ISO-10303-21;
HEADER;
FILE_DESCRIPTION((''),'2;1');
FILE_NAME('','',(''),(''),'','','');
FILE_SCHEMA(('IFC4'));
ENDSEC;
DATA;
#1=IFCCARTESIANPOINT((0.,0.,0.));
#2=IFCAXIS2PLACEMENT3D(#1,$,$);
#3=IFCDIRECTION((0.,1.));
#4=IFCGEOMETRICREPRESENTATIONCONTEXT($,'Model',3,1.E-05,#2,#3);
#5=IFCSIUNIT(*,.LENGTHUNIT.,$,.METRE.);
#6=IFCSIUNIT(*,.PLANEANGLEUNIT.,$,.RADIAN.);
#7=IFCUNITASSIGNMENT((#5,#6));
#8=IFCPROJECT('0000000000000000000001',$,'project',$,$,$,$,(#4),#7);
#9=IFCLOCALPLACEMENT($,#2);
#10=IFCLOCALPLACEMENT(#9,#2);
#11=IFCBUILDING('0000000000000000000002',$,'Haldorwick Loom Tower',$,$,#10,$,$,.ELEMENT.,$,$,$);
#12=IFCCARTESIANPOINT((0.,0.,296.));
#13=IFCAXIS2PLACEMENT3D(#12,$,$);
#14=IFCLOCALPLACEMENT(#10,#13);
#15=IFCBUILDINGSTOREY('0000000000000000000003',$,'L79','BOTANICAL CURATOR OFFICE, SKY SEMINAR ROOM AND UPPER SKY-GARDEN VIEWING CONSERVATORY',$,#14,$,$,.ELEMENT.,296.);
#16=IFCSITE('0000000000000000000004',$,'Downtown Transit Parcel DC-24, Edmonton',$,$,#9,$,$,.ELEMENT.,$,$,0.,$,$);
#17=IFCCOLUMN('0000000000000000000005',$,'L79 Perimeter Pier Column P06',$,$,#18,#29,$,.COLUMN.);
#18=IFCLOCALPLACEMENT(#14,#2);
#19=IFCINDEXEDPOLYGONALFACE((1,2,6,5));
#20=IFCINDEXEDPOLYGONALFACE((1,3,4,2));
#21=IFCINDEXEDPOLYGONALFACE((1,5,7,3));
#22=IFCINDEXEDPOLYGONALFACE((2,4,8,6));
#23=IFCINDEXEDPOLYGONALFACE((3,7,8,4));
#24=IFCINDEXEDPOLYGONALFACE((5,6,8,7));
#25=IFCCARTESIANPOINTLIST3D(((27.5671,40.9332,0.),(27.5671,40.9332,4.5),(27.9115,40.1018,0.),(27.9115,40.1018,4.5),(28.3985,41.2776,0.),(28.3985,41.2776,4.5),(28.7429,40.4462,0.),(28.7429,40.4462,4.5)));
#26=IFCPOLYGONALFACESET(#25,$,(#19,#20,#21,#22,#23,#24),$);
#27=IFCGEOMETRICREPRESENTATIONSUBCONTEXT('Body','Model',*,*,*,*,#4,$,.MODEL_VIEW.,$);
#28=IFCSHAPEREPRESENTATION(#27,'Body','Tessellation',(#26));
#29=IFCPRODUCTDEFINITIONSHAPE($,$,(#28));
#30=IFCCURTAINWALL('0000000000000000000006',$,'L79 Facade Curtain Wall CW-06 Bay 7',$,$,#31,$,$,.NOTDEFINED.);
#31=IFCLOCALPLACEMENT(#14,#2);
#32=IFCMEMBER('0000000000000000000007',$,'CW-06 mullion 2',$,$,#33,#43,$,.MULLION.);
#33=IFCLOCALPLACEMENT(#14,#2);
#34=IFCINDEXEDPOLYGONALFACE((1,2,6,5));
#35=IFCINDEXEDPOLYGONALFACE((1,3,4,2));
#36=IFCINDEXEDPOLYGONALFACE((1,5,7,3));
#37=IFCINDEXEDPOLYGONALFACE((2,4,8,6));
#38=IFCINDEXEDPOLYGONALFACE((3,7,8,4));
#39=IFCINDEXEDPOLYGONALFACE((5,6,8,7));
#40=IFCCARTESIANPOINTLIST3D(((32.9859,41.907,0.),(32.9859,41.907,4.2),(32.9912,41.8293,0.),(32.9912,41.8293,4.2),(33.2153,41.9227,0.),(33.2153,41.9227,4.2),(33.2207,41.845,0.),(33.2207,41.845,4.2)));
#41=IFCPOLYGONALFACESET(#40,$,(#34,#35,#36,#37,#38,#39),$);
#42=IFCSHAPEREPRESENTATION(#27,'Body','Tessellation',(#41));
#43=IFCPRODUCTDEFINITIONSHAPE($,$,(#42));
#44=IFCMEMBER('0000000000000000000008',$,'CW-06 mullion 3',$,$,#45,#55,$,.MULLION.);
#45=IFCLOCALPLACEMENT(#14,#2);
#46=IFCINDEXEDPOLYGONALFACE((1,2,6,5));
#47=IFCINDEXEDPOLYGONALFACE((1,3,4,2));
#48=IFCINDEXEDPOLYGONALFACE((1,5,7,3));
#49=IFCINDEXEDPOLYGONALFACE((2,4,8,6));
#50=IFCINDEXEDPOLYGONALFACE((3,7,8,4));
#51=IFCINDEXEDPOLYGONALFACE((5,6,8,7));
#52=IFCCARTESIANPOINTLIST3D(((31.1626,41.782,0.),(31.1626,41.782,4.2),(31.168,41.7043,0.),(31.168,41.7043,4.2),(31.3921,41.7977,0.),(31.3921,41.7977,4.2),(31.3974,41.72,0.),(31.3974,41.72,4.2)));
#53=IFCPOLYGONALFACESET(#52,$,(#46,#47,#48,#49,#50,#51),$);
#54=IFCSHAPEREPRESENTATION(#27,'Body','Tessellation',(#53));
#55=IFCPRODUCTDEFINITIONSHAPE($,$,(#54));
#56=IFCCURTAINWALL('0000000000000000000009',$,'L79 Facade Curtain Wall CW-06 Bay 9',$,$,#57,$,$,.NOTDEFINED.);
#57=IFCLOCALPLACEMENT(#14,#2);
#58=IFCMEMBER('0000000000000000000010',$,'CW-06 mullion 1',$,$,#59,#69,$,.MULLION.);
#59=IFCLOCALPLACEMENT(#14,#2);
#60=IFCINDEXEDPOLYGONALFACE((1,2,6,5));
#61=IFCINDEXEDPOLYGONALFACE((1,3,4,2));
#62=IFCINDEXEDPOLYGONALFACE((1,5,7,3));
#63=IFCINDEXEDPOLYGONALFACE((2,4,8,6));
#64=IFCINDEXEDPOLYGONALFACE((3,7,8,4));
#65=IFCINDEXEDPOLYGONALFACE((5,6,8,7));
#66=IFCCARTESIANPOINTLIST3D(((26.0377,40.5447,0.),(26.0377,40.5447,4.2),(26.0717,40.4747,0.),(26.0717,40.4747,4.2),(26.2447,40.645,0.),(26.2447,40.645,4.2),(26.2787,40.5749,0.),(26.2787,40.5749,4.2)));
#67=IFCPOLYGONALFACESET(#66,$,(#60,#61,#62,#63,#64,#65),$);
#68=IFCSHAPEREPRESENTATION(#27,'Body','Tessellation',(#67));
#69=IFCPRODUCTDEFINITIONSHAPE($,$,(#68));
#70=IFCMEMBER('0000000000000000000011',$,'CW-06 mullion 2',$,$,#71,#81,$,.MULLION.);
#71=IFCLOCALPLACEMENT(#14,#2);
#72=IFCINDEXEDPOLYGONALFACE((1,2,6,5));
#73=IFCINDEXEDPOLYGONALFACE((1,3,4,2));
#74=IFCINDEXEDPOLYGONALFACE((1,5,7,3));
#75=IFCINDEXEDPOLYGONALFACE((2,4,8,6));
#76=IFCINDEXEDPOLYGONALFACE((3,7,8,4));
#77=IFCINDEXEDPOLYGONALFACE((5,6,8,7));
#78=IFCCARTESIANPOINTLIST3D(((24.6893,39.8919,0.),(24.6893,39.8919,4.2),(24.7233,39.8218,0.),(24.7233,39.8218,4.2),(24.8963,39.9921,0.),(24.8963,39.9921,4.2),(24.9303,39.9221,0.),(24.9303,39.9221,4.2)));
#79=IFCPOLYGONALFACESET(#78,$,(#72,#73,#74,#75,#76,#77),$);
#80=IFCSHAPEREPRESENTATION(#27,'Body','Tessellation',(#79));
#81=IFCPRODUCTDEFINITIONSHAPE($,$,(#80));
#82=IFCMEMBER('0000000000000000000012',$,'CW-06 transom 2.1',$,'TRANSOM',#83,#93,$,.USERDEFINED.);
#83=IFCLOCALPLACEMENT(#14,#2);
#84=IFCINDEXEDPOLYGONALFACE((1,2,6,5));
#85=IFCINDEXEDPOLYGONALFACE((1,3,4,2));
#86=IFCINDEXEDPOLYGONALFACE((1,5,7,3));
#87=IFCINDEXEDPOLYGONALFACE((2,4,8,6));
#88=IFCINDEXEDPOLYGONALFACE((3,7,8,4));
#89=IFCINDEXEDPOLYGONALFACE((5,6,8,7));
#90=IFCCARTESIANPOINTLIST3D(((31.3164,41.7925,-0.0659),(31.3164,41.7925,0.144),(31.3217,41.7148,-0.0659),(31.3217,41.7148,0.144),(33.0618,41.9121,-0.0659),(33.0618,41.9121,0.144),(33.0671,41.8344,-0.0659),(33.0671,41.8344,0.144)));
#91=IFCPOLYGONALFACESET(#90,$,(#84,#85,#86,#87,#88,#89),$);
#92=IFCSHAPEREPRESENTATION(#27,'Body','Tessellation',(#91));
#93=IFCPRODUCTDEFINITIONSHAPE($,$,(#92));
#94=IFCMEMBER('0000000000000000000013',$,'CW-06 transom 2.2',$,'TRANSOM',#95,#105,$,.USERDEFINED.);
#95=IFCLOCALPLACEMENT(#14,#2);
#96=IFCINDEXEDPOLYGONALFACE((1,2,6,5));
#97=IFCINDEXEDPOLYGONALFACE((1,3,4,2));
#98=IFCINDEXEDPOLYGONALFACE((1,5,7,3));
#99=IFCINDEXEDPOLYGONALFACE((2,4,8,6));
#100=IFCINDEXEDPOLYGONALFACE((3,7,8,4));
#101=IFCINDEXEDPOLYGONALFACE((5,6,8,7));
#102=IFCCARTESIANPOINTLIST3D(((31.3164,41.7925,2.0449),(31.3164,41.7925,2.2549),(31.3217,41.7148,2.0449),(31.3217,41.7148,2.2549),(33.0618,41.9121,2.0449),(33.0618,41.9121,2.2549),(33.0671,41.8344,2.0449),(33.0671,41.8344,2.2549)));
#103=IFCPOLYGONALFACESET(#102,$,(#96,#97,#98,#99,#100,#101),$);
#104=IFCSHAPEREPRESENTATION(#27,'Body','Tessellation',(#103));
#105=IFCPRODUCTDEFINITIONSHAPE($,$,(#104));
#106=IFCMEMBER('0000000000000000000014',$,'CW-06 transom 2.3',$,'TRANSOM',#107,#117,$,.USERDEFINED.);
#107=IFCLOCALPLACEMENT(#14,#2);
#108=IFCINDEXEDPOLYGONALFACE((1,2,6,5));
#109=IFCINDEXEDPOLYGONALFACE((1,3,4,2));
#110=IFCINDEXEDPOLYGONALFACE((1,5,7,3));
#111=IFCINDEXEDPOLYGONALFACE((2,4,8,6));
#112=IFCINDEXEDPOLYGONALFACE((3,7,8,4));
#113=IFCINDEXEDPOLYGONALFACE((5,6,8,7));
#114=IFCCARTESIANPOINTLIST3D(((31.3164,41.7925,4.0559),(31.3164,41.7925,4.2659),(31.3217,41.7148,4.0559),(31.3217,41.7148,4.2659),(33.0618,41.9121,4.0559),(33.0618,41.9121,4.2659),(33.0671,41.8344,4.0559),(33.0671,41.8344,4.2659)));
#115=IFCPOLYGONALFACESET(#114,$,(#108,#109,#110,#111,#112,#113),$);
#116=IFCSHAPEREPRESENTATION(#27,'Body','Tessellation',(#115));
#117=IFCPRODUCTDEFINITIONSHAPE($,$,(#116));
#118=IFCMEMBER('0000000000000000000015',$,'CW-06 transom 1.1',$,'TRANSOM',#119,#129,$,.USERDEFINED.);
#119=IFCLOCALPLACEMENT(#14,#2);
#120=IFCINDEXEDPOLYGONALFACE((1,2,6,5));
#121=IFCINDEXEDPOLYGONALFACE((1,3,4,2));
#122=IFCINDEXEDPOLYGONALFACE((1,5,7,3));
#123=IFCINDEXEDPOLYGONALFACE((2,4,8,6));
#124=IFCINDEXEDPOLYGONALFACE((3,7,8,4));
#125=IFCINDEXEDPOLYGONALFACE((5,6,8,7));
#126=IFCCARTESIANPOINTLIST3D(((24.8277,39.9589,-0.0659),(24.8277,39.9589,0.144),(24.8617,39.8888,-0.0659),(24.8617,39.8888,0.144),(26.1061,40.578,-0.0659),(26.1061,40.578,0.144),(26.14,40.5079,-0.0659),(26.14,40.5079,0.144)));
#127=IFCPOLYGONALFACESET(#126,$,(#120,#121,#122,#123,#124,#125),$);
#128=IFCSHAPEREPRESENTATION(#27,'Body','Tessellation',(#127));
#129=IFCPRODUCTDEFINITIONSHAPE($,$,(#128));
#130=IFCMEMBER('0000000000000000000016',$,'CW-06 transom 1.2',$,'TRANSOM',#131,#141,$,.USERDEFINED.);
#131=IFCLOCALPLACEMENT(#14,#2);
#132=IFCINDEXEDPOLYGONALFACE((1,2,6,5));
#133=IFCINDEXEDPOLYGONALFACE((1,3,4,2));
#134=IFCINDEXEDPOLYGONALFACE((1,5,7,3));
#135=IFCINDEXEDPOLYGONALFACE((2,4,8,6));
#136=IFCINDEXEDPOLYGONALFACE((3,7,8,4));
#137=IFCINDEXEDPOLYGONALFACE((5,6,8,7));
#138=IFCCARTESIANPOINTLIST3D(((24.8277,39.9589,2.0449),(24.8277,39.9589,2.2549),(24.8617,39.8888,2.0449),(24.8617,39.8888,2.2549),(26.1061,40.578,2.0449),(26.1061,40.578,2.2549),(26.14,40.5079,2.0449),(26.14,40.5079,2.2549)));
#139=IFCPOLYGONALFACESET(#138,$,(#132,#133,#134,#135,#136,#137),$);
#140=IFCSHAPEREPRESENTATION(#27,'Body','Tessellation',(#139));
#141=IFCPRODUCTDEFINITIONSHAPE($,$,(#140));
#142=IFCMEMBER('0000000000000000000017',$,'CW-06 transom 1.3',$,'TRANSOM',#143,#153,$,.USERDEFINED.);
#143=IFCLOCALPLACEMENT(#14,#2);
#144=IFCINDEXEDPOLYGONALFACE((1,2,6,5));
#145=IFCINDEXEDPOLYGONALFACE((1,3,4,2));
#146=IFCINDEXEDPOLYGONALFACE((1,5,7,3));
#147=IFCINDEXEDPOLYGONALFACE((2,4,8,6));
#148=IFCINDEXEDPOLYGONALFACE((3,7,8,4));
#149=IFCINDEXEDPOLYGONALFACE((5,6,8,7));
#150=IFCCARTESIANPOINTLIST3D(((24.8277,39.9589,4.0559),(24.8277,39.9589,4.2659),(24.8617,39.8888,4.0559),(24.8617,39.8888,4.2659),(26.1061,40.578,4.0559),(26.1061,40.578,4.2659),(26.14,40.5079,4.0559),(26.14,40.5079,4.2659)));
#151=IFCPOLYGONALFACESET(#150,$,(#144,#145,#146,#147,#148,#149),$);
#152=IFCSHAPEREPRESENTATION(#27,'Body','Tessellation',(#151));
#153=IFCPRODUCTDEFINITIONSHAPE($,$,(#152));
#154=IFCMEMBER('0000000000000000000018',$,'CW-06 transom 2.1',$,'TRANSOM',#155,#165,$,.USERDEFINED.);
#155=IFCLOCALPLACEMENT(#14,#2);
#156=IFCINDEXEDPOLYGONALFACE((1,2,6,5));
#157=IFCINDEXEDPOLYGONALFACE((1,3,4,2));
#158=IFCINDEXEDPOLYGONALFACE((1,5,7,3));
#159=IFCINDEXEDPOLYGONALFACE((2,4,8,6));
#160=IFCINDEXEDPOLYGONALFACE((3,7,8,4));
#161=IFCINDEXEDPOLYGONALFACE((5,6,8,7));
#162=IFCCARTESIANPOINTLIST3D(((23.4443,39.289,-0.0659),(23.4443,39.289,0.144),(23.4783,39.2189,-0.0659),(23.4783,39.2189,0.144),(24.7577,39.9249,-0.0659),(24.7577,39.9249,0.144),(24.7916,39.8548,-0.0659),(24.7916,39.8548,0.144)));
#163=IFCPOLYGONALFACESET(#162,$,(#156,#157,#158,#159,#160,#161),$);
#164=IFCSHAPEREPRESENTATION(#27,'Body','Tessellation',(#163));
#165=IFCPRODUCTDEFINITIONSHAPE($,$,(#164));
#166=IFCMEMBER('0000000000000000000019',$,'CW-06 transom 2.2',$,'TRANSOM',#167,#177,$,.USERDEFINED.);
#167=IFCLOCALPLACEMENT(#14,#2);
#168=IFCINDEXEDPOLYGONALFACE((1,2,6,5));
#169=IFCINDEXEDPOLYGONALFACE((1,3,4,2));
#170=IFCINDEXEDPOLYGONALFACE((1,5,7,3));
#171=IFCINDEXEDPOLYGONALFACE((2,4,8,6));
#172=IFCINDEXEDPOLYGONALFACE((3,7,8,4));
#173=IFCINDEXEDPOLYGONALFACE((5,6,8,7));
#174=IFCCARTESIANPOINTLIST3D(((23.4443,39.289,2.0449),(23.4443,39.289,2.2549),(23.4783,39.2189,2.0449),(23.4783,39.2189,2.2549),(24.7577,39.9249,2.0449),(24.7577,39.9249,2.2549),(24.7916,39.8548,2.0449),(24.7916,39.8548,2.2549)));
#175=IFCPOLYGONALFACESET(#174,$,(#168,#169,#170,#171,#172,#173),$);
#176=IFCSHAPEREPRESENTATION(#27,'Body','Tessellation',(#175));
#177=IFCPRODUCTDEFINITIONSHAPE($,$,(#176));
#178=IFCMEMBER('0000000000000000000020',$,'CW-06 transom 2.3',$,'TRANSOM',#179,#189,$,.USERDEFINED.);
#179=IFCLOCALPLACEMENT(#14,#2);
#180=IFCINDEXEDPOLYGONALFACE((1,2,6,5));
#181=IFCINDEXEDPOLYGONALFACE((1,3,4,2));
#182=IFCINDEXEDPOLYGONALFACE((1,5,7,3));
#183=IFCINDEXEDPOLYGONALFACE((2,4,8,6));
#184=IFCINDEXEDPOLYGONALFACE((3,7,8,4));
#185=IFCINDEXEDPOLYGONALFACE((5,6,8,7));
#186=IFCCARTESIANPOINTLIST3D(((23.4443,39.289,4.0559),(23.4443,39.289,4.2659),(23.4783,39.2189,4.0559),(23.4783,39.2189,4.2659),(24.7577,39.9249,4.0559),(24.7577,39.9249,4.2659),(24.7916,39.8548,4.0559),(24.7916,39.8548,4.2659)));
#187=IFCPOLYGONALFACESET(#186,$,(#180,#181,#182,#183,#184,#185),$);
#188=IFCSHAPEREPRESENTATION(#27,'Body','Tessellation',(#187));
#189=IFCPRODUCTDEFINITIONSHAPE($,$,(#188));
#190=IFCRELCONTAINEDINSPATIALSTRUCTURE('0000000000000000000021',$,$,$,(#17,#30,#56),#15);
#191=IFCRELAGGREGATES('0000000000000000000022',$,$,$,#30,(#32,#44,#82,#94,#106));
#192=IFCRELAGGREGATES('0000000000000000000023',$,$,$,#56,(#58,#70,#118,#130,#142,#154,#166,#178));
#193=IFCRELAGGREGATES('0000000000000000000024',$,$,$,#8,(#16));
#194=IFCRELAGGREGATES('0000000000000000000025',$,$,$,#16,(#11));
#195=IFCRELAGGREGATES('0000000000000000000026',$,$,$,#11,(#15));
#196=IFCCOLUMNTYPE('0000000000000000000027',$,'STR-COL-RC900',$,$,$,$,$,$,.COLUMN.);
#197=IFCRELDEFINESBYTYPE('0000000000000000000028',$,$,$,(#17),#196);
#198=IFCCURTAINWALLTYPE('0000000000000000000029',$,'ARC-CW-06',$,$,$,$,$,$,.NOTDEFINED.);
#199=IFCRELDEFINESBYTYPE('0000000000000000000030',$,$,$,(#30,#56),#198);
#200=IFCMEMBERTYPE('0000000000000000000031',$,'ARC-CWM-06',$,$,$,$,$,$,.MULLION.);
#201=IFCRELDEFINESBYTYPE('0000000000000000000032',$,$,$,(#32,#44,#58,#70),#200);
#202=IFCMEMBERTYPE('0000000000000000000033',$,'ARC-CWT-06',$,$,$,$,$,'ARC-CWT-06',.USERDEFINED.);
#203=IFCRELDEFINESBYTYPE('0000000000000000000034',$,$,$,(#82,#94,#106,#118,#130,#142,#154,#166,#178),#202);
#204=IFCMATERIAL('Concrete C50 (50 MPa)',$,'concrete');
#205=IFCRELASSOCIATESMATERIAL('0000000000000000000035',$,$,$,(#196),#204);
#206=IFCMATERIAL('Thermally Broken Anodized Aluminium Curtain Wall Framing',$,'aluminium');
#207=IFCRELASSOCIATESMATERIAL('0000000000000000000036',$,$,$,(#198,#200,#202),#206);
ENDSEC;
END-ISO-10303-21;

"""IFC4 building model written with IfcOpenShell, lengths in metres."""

from ifc_helpers import new_model, si_unit, direction, frame, origin, origin_2d, place, context, subcontext, project, spatial, rectangle, extrude, material, material_profile, profile_set, type_object, element, aggregate, save


model = new_model("IFC4")

# Units and contexts
model_context = context("Model", 3, precision=1e-05, world=origin(), true_north=direction((0.0, 1.0)))
body_context = subcontext(model_context, "Body", "Model", "MODEL_VIEW")
ifc_project = project(units=[si_unit("LENGTHUNIT", "METRE"), si_unit("PLANEANGLEUNIT", "RADIAN")], contexts=[model_context])

# Site, building, storey
site_placement = place(None, origin())
site = spatial("IfcSite", under=ifc_project, at=site_placement, Name="Downtown Transit Parcel DC-24, Edmonton", CompositionType="ELEMENT", RefElevation=0.0)
building_placement = place(site_placement, origin())
building = spatial("IfcBuilding", under=site, at=building_placement, Name="Haldorwick Loom Tower", CompositionType="ELEMENT")
storey_placement = place(building_placement, frame((0.0, 0.0, 296.0)))
storey = spatial("IfcBuildingStorey", under=building, at=storey_placement, Name="L79", Description="BOTANICAL CURATOR OFFICE, SKY SEMINAR ROOM AND UPPER SKY-GARDEN VIEWING CONSERVATORY", CompositionType="ELEMENT", Elevation=296.0)

# Column
ifc_material_1 = material(Name="Concrete C50 (50 MPa)", Category="concrete")
ifc_material_profile_1 = material_profile(ifc_material_1, rectangle(XDim=0.8999, YDim=0.8999, at=origin_2d()), Name="RC900X900", Category="concrete")
ifc_profile_set_1 = profile_set([ifc_material_profile_1], Name="Concrete C50 (50 MPa)")
column_type = type_object("IfcColumnType", Name="STR-COL-RC900", PredefinedType="COLUMN", material=ifc_profile_set_1)
column_placement = place(storey_placement, frame((28.155, 40.6897, 0.0), z_axis=(0.0, 0.0, 1.0), x_axis=(-0.382683, 0.92388, 0.0)))
element("IfcColumn", 1, at=column_placement, inside=storey, type_object=column_type, Name="L79 Perimeter Pier Column P06", PredefinedType="COLUMN", context=body_context, shape_type="SweptSolid", body=[
    extrude(rectangle(XDim=0.8999, YDim=0.8999, at=origin_2d()), origin(), (0.0, 0.0, 1.0), 4.5),
])

# Curtain walls, members
ifc_material_2 = material(Name="Thermally Broken Anodized Aluminium Curtain Wall Framing", Category="aluminium")
curtain_wall_type = type_object("IfcCurtainWallType", Name="ARC-CW-06", PredefinedType="NOTDEFINED", material=ifc_material_2)
curtain_wall_1_placement = place(storey_placement, origin())
curtain_wall_1 = element("IfcCurtainWall", 2, at=curtain_wall_1_placement, inside=storey, type_object=curtain_wall_type, Name="L79 Facade Curtain Wall CW-06 Bay 7", PredefinedType="NOTDEFINED")
ifc_material_profile_2 = material_profile(ifc_material_2, rectangle(XDim=0.0779, YDim=0.23, at=origin_2d()), Name="ALU_MUL_78X230", Category="aluminium")
ifc_profile_set_2 = profile_set([ifc_material_profile_2], Name="Thermally Broken Anodized Aluminium Curtain Wall Framing")
member_type_1 = type_object("IfcMemberType", Name="ARC-CWM-06", PredefinedType="MULLION", material=ifc_profile_set_2)
member_1_placement = place(storey_placement, frame((33.1033, 41.876, 0.0), z_axis=(0.0, 0.0, 1.0), x_axis=(0.068469, -0.997653, 0.0)))
member_1 = element("IfcMember", 3, at=member_1_placement, type_object=member_type_1, Name="CW-06 mullion 2", PredefinedType="MULLION", context=body_context, shape_type="SweptSolid", body=[
    extrude(rectangle(XDim=0.0779, YDim=0.23, at=origin_2d()), origin(), (0.0, 0.0, 1.0), 4.2),
])
member_2_placement = place(storey_placement, frame((31.28, 41.751, 0.0), z_axis=(0.0, 0.0, 1.0), x_axis=(0.068469, -0.997653, 0.0)))
member_2 = element("IfcMember", 4, at=member_2_placement, type_object=member_type_1, Name="CW-06 mullion 3", PredefinedType="MULLION", context=body_context, shape_type="SweptSolid", body=[
    extrude(rectangle(XDim=0.0779, YDim=0.23, at=origin_2d()), origin(), (0.0, 0.0, 1.0), 4.2),
])
curtain_wall_2_placement = place(storey_placement, origin())
curtain_wall_2 = element("IfcCurtainWall", 5, at=curtain_wall_2_placement, inside=storey, type_object=curtain_wall_type, Name="L79 Facade Curtain Wall CW-06 Bay 9", PredefinedType="NOTDEFINED")
member_3_placement = place(storey_placement, frame((26.1582, 40.5598, 0.0), z_axis=(0.0, 0.0, 1.0), x_axis=(0.435824, -0.900032, 0.0)))
member_3 = element("IfcMember", 6, at=member_3_placement, type_object=member_type_1, Name="CW-06 mullion 1", PredefinedType="MULLION", context=body_context, shape_type="SweptSolid", body=[
    extrude(rectangle(XDim=0.0779, YDim=0.23, at=origin_2d()), origin(), (0.0, 0.0, 1.0), 4.2),
])
member_4_placement = place(storey_placement, frame((24.8098, 39.907, 0.0), z_axis=(0.0, 0.0, 1.0), x_axis=(0.435824, -0.900032, 0.0)))
member_4 = element("IfcMember", 7, at=member_4_placement, type_object=member_type_1, Name="CW-06 mullion 2", PredefinedType="MULLION", context=body_context, shape_type="SweptSolid", body=[
    extrude(rectangle(XDim=0.0779, YDim=0.23, at=origin_2d()), origin(), (0.0, 0.0, 1.0), 4.2),
])

# Members
ifc_material_profile_3 = material_profile(ifc_material_2, rectangle(XDim=0.0779, YDim=0.21, at=origin_2d()), Name="ALU_TRN_78X210", Category="aluminium")
ifc_profile_set_3 = profile_set([ifc_material_profile_3], Name="Thermally Broken Anodized Aluminium Curtain Wall Framing")
member_type_2 = type_object("IfcMemberType", Name="ARC-CWT-06", ElementType="ARC-CWT-06", PredefinedType="USERDEFINED", material=ifc_profile_set_3)
member_5_placement = place(storey_placement, frame((33.0645, 41.8733, 0.0391), z_axis=(-0.997659, -0.068381, 0.0), x_axis=(0.068381, -0.997659, 0.0)))
member_5 = element("IfcMember", 8, at=member_5_placement, type_object=member_type_2, Name="CW-06 transom 2.1", ObjectType="TRANSOM", PredefinedType="USERDEFINED", context=body_context, shape_type="SweptSolid", body=[
    extrude(rectangle(XDim=0.0779, YDim=0.21, at=origin_2d()), origin(), (0.0, 0.0, 1.0), 1.7495),
])
member_6_placement = place(storey_placement, frame((33.0645, 41.8733, 2.1499), z_axis=(-0.997659, -0.068381, 0.0), x_axis=(0.068381, -0.997659, 0.0)))
member_6 = element("IfcMember", 9, at=member_6_placement, type_object=member_type_2, Name="CW-06 transom 2.2", ObjectType="TRANSOM", PredefinedType="USERDEFINED", context=body_context, shape_type="SweptSolid", body=[
    extrude(rectangle(XDim=0.0779, YDim=0.21, at=origin_2d()), origin(), (0.0, 0.0, 1.0), 1.7495),
])
member_7_placement = place(storey_placement, frame((33.0645, 41.8733, 4.1609), z_axis=(-0.997659, -0.068381, 0.0), x_axis=(0.068381, -0.997659, 0.0)))
member_7 = element("IfcMember", 10, at=member_7_placement, type_object=member_type_2, Name="CW-06 transom 2.3", ObjectType="TRANSOM", PredefinedType="USERDEFINED", context=body_context, shape_type="SweptSolid", body=[
    extrude(rectangle(XDim=0.0779, YDim=0.21, at=origin_2d()), origin(), (0.0, 0.0, 1.0), 1.7495),
])
member_8_placement = place(storey_placement, frame((26.123, 40.543, 0.0391), z_axis=(-0.899994, -0.435902, 0.0), x_axis=(0.435902, -0.899994, 0.0)))
member_8 = element("IfcMember", 11, at=member_8_placement, type_object=member_type_2, Name="CW-06 transom 1.1", ObjectType="TRANSOM", PredefinedType="USERDEFINED", context=body_context, shape_type="SweptSolid", body=[
    extrude(rectangle(XDim=0.0779, YDim=0.21, at=origin_2d()), origin(), (0.0, 0.0, 1.0), 1.4204),
])
member_9_placement = place(storey_placement, frame((26.123, 40.543, 2.1499), z_axis=(-0.899994, -0.435902, 0.0), x_axis=(0.435902, -0.899994, 0.0)))
member_9 = element("IfcMember", 12, at=member_9_placement, type_object=member_type_2, Name="CW-06 transom 1.2", ObjectType="TRANSOM", PredefinedType="USERDEFINED", context=body_context, shape_type="SweptSolid", body=[
    extrude(rectangle(XDim=0.0779, YDim=0.21, at=origin_2d()), origin(), (0.0, 0.0, 1.0), 1.4204),
])
member_10_placement = place(storey_placement, frame((26.123, 40.543, 4.1609), z_axis=(-0.899994, -0.435902, 0.0), x_axis=(0.435902, -0.899994, 0.0)))
member_10 = element("IfcMember", 13, at=member_10_placement, type_object=member_type_2, Name="CW-06 transom 1.3", ObjectType="TRANSOM", PredefinedType="USERDEFINED", context=body_context, shape_type="SweptSolid", body=[
    extrude(rectangle(XDim=0.0779, YDim=0.21, at=origin_2d()), origin(), (0.0, 0.0, 1.0), 1.4204),
])
member_11_placement = place(storey_placement, frame((24.7747, 39.8899, 0.0391), z_axis=(-0.900043, -0.435801, 0.0), x_axis=(0.435801, -0.900043, 0.0)))
member_11 = element("IfcMember", 14, at=member_11_placement, type_object=member_type_2, Name="CW-06 transom 2.1", ObjectType="TRANSOM", PredefinedType="USERDEFINED", context=body_context, shape_type="SweptSolid", body=[
    extrude(rectangle(XDim=0.0779, YDim=0.21, at=origin_2d()), origin(), (0.0, 0.0, 1.0), 1.4592),
])
member_12_placement = place(storey_placement, frame((24.7747, 39.8899, 2.1499), z_axis=(-0.900043, -0.435801, 0.0), x_axis=(0.435801, -0.900043, 0.0)))
member_12 = element("IfcMember", 15, at=member_12_placement, type_object=member_type_2, Name="CW-06 transom 2.2", ObjectType="TRANSOM", PredefinedType="USERDEFINED", context=body_context, shape_type="SweptSolid", body=[
    extrude(rectangle(XDim=0.0779, YDim=0.21, at=origin_2d()), origin(), (0.0, 0.0, 1.0), 1.4592),
])
member_13_placement = place(storey_placement, frame((24.7747, 39.8899, 4.1609), z_axis=(-0.900043, -0.435801, 0.0), x_axis=(0.435801, -0.900043, 0.0)))
member_13 = element("IfcMember", 16, at=member_13_placement, type_object=member_type_2, Name="CW-06 transom 2.3", ObjectType="TRANSOM", PredefinedType="USERDEFINED", context=body_context, shape_type="SweptSolid", body=[
    extrude(rectangle(XDim=0.0779, YDim=0.21, at=origin_2d()), origin(), (0.0, 0.0, 1.0), 1.4592),
])

aggregate(curtain_wall_1, [member_1, member_2, member_5, member_6, member_7])
aggregate(curtain_wall_2, [member_3, member_4, member_8, member_9, member_10, member_11, member_12, member_13])

save(model, "model.ifc")
